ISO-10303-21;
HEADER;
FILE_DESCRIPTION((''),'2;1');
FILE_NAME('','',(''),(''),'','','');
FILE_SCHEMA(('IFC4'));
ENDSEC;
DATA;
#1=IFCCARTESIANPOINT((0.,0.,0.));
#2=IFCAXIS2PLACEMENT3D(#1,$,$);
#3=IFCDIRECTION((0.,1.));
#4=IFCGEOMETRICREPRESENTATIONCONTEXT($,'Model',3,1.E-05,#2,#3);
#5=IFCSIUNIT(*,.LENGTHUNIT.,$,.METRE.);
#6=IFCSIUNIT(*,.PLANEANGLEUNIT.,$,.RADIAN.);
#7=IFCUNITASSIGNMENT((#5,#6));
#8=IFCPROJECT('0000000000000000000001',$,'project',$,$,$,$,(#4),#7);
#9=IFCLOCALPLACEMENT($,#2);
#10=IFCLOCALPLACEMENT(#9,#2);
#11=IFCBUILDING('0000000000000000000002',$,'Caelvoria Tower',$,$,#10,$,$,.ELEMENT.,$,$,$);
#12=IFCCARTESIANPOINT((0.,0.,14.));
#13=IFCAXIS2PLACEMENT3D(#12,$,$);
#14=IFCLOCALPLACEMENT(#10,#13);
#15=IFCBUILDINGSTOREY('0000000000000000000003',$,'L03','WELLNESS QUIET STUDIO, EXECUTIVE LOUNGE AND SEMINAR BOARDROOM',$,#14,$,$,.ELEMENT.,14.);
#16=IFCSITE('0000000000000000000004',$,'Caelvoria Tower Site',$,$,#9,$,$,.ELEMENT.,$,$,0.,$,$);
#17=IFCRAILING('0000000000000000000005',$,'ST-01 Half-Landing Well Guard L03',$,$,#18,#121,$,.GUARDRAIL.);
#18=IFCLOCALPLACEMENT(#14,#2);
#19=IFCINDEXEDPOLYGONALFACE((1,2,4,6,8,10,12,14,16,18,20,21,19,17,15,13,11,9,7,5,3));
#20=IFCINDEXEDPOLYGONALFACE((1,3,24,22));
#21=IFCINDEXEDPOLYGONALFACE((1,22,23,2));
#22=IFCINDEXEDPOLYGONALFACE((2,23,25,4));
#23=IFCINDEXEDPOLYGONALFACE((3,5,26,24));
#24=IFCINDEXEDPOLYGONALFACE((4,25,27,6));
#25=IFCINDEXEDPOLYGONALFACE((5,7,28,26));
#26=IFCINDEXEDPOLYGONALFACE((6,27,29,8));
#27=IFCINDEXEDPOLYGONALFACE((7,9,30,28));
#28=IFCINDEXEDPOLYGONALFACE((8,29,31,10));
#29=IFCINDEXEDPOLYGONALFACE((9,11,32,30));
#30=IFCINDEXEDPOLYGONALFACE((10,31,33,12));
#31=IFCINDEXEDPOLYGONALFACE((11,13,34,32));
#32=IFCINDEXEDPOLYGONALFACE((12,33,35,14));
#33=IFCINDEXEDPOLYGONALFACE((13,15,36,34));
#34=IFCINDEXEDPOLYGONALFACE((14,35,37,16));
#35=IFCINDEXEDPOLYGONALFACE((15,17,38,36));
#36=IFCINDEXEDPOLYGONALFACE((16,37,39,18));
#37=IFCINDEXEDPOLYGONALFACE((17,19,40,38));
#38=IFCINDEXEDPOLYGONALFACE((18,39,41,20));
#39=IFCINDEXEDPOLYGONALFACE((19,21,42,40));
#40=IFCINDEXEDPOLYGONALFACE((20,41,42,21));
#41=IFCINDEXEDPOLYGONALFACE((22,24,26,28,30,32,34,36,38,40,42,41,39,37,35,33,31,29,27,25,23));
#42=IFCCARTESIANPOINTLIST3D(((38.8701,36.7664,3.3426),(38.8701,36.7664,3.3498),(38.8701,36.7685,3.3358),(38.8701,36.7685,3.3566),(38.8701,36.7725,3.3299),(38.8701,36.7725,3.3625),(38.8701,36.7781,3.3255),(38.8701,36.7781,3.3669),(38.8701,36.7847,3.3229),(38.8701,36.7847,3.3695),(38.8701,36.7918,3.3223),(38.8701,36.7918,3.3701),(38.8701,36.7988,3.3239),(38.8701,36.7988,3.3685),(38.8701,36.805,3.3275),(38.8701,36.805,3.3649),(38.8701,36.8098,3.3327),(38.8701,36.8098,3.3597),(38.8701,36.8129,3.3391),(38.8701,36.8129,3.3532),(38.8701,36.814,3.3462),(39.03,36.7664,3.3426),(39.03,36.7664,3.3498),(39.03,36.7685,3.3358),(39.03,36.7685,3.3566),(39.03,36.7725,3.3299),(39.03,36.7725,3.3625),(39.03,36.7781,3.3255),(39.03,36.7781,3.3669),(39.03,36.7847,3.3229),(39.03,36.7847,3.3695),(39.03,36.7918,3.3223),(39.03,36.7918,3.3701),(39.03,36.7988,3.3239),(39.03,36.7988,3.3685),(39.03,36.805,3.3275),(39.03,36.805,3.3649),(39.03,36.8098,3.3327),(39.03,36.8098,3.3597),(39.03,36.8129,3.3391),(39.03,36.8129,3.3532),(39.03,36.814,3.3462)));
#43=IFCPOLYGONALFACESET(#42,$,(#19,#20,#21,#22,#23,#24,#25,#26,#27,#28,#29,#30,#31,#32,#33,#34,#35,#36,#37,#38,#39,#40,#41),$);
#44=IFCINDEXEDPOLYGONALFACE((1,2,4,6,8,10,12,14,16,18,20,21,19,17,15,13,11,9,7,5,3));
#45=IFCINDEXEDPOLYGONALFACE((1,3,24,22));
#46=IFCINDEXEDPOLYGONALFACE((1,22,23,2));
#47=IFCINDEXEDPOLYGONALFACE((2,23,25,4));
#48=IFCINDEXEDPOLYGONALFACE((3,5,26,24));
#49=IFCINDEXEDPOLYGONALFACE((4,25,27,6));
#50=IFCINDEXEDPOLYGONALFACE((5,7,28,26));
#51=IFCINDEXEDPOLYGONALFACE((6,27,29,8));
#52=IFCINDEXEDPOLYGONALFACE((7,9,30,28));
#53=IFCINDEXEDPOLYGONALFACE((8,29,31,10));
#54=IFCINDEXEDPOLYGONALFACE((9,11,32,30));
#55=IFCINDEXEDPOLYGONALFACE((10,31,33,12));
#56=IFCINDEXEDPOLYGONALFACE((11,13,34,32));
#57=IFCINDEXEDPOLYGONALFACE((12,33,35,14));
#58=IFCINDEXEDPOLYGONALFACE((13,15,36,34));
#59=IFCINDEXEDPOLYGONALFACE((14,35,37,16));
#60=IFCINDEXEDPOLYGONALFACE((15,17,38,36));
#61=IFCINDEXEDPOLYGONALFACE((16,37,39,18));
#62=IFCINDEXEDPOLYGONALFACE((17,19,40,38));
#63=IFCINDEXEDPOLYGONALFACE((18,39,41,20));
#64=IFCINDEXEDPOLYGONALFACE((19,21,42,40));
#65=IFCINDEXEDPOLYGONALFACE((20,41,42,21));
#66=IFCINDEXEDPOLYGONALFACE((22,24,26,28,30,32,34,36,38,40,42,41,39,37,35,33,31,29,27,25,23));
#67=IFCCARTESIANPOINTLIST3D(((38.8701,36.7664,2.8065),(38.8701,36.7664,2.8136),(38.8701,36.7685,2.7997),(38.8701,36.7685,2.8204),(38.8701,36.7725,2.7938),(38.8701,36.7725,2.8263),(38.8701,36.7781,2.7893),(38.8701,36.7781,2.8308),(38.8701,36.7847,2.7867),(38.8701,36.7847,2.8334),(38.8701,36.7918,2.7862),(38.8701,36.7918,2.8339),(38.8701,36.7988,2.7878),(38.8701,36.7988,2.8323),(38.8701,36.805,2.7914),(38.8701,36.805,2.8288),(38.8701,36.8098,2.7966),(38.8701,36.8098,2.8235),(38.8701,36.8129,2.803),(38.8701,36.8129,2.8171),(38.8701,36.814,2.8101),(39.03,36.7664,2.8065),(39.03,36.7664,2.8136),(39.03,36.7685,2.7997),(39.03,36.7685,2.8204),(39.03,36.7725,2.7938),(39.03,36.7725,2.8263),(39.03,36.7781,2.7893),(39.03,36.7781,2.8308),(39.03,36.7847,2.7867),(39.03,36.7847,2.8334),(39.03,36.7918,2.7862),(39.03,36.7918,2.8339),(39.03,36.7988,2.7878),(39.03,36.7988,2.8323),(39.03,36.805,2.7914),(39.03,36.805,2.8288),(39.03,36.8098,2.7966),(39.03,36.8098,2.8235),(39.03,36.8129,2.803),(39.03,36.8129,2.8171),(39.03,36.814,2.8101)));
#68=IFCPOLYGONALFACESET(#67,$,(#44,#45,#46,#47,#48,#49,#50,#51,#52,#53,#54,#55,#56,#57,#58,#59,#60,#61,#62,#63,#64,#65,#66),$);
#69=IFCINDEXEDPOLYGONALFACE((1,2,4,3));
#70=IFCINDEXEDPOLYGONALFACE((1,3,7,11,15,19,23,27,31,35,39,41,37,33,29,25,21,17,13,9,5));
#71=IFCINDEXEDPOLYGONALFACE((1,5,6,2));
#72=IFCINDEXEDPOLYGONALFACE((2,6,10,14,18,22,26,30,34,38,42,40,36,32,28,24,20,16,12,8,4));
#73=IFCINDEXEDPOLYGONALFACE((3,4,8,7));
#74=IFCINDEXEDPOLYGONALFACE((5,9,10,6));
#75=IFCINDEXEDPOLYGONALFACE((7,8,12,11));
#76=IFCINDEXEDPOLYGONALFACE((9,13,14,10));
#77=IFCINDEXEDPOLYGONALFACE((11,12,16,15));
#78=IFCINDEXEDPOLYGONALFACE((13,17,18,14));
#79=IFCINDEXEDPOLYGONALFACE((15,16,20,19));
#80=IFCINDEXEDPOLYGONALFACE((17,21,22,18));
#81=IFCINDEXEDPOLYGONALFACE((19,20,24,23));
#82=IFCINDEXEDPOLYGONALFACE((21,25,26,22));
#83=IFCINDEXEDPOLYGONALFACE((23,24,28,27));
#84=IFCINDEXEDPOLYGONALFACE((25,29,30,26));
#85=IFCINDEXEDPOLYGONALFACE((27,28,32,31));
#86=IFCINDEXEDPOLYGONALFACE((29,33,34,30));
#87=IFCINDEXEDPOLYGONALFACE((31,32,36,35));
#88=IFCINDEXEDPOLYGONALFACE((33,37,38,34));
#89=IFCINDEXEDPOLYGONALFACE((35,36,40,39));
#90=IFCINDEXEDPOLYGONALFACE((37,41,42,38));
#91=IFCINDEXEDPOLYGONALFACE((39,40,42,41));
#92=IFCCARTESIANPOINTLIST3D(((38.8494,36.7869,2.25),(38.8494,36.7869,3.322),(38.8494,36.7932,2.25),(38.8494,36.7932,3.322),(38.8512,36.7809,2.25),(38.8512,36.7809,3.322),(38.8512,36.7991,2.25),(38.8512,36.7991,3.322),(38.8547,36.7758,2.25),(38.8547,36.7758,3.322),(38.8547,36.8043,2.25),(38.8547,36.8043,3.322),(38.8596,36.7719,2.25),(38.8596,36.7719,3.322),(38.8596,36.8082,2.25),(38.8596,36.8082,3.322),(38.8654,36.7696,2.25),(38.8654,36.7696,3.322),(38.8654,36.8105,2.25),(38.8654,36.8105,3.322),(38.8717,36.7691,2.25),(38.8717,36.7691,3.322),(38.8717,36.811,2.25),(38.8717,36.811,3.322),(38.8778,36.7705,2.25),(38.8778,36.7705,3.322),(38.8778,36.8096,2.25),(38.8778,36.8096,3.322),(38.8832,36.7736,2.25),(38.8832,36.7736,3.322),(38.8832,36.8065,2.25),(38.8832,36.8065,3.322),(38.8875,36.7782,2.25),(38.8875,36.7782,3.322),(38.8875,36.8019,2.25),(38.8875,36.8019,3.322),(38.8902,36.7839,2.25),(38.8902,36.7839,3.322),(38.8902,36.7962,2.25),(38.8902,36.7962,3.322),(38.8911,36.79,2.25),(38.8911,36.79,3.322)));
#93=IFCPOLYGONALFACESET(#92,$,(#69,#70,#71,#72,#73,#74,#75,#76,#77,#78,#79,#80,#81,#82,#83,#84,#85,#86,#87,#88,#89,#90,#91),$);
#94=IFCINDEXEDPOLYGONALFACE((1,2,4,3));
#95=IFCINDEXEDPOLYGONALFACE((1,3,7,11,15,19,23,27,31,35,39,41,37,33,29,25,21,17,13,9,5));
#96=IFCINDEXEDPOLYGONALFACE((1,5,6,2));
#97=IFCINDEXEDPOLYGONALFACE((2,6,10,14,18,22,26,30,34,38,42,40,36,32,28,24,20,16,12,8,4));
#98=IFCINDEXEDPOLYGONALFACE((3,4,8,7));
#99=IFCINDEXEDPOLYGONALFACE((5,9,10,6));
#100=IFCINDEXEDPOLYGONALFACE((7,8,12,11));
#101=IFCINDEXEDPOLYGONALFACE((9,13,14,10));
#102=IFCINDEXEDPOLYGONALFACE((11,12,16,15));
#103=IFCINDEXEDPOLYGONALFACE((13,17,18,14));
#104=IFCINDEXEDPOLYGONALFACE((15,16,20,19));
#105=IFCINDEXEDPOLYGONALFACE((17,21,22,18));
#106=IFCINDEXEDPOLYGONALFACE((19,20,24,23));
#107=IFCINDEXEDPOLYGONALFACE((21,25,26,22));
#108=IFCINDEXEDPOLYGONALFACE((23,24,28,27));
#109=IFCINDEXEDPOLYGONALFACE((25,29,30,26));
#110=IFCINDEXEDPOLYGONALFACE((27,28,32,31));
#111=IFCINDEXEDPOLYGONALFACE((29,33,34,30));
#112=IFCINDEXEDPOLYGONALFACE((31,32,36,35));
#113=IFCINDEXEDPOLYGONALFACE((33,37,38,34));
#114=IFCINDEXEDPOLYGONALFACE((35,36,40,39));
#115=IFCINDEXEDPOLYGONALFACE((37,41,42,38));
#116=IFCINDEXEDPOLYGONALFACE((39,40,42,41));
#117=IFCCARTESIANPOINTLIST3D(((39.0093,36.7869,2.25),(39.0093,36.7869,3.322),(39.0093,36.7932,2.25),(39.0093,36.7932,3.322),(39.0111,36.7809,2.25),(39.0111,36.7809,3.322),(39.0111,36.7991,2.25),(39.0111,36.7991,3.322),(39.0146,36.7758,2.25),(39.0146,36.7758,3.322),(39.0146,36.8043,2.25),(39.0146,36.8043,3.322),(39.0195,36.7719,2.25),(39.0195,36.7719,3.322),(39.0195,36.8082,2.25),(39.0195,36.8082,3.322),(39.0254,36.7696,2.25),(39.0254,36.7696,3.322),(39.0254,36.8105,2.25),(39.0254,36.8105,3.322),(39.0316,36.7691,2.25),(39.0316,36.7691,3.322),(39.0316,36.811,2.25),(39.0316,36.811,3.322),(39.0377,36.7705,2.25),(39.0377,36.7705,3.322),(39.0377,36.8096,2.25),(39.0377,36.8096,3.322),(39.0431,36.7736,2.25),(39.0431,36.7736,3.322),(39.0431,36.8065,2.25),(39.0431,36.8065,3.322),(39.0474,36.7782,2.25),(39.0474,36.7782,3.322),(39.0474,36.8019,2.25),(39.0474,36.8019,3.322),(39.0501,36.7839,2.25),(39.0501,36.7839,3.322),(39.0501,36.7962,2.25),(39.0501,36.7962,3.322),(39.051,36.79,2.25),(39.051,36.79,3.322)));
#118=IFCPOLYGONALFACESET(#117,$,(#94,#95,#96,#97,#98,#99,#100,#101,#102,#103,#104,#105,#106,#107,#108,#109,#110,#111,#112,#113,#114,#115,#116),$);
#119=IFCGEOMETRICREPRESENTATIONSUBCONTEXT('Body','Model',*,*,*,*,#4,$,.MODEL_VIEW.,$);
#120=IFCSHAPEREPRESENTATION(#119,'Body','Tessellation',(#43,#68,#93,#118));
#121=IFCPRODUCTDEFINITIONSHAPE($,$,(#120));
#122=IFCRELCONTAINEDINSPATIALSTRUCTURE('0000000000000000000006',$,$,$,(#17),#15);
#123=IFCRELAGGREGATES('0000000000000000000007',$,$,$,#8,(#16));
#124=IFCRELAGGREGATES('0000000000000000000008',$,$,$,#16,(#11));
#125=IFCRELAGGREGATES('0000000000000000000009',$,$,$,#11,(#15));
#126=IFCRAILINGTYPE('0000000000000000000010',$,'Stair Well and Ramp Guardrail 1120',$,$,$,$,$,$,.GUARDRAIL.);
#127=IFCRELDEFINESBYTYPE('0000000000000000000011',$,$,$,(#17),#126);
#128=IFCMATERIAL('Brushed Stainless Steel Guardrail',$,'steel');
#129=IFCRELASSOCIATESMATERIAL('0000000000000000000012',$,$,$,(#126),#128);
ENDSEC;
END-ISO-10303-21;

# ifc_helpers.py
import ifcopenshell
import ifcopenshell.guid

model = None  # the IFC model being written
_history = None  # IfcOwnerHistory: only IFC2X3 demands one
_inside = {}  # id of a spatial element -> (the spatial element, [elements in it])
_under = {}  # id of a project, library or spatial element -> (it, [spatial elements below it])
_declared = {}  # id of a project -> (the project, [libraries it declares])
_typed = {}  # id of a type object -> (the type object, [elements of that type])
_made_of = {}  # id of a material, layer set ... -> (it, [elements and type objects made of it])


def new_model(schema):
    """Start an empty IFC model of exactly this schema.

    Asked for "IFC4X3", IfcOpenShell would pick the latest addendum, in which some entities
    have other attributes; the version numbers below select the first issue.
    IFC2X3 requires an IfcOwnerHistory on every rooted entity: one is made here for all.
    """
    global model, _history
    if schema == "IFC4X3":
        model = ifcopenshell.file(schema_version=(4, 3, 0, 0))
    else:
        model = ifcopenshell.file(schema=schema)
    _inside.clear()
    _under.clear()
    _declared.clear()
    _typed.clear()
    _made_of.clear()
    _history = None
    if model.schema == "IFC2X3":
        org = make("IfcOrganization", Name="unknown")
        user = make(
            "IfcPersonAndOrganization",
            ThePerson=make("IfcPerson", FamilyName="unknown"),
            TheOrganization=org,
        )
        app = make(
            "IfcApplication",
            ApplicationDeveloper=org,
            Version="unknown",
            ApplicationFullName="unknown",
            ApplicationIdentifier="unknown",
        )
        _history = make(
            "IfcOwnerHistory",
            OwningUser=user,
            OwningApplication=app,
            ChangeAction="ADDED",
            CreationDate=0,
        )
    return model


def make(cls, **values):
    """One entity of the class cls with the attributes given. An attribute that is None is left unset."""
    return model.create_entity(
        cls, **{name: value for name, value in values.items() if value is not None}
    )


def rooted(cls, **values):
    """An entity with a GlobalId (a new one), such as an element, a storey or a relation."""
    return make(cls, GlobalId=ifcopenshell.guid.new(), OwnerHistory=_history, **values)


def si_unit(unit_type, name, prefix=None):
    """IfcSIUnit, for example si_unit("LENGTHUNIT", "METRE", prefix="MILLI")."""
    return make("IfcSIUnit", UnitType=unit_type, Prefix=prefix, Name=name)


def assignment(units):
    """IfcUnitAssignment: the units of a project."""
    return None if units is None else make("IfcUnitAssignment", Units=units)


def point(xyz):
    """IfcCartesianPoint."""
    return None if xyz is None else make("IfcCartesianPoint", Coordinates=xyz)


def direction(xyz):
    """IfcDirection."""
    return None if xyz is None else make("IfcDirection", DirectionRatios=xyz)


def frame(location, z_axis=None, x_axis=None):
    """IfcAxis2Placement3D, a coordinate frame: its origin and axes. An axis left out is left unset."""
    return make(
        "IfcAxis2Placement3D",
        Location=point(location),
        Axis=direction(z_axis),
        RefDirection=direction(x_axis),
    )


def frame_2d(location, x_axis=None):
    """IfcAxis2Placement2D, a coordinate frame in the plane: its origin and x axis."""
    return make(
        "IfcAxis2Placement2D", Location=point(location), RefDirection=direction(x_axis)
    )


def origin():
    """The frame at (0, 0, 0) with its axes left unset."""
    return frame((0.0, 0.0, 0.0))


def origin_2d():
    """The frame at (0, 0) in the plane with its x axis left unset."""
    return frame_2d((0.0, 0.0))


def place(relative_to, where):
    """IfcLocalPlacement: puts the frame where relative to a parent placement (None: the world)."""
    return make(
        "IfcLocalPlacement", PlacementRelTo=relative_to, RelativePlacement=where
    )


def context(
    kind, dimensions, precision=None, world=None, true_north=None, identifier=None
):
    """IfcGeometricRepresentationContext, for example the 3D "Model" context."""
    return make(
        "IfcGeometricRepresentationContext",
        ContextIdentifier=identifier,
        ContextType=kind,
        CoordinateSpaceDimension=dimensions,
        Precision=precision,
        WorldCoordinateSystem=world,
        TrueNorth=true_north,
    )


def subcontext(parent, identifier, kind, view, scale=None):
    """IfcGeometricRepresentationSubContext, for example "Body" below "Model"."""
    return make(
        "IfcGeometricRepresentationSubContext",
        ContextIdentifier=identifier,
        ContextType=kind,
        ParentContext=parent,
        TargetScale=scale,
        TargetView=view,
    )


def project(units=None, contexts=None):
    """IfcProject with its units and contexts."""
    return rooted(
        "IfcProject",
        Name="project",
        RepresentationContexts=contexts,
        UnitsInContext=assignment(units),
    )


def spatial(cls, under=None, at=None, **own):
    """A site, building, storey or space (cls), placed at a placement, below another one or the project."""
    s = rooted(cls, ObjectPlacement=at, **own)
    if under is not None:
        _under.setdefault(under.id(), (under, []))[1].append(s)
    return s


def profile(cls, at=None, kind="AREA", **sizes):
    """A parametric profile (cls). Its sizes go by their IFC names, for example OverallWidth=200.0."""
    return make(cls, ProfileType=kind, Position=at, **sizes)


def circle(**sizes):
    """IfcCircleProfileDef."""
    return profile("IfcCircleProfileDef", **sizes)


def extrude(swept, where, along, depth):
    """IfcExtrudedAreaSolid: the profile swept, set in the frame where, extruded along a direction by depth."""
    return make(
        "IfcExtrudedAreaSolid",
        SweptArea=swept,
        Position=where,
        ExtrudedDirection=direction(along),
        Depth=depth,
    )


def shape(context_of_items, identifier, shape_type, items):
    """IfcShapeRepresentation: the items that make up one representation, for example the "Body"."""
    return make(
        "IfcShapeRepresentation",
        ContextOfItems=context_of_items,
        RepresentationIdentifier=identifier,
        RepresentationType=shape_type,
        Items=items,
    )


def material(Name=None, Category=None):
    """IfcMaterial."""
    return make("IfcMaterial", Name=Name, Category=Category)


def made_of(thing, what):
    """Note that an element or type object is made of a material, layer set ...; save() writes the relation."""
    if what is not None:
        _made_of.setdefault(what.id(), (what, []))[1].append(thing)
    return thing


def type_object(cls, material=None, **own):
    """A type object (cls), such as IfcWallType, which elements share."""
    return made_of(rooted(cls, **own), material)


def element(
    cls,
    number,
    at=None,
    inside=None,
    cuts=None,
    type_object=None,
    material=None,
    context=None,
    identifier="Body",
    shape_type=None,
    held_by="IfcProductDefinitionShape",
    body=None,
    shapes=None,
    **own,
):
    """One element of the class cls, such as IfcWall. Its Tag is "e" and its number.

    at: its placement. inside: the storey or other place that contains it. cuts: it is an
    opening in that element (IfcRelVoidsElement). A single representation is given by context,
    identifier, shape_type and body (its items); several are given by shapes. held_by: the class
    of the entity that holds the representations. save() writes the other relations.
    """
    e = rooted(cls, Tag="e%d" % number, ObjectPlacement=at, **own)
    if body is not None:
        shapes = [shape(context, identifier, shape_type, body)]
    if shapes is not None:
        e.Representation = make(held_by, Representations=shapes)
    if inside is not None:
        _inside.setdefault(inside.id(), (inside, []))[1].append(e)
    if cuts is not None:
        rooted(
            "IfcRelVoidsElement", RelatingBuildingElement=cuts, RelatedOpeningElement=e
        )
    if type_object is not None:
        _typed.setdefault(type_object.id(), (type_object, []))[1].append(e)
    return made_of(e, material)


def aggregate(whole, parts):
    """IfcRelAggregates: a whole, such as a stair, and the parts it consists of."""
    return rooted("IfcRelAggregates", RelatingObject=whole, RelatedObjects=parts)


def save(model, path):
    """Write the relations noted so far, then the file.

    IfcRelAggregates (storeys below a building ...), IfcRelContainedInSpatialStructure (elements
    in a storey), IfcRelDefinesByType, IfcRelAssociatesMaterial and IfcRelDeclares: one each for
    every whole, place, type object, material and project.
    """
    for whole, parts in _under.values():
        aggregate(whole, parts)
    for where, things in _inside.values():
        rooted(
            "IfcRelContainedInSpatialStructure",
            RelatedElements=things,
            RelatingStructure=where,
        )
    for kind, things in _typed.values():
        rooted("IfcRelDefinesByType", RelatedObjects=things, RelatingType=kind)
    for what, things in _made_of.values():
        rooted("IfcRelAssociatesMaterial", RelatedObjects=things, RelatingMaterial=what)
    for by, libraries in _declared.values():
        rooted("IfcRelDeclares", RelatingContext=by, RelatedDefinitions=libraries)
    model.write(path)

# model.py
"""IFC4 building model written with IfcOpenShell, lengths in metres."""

from ifc_helpers import new_model, si_unit, direction, frame, origin, origin_2d, place, context, subcontext, project, spatial, circle, extrude, material, type_object, element, save


model = new_model("IFC4")

# Units and contexts
model_context = context("Model", 3, precision=1e-05, world=origin(), true_north=direction((0.0, 1.0)))
body_context = subcontext(model_context, "Body", "Model", "MODEL_VIEW")
ifc_project = project(units=[si_unit("LENGTHUNIT", "METRE"), si_unit("PLANEANGLEUNIT", "RADIAN")], contexts=[model_context])

# Site, building, storey
site_placement = place(None, origin())
site = spatial("IfcSite", under=ifc_project, at=site_placement, Name="Caelvoria Tower Site", CompositionType="ELEMENT", RefElevation=0.0)
building_placement = place(site_placement, origin())
building = spatial("IfcBuilding", under=site, at=building_placement, Name="Caelvoria Tower", CompositionType="ELEMENT")
storey_placement = place(building_placement, frame((0.0, 0.0, 14.0)))
storey = spatial("IfcBuildingStorey", under=building, at=storey_placement, Name="L03", Description="WELLNESS QUIET STUDIO, EXECUTIVE LOUNGE AND SEMINAR BOARDROOM", CompositionType="ELEMENT", Elevation=14.0)

# Railing
ifc_material_1 = material(Name="Brushed Stainless Steel Guardrail", Category="steel")
railing_type_1 = type_object("IfcRailingType", Name="Stair Well and Ramp Guardrail 1120", PredefinedType="GUARDRAIL", material=ifc_material_1)
railing_1_placement = place(storey_placement, frame((38.8701, 36.79, 2.25)))
element("IfcRailing", 1, at=railing_1_placement, inside=storey, type_object=railing_type_1, Name="ST-01 Half-Landing Well Guard L03", PredefinedType="GUARDRAIL", context=body_context, shape_type="SweptSolid", body=[
    extrude(circle(Radius=0.0239, at=origin_2d()), frame((0.0, 0.0, 1.0962), z_axis=(1.0, 0.0, 0.0), x_axis=(0.0, 1.0, 0.0)), (0.0, 0.0, 1.0), 0.1599),
    extrude(circle(Radius=0.0239, at=origin_2d()), frame((0.0, 0.0, 0.5601), z_axis=(1.0, 0.0, 0.0), x_axis=(0.0, 1.0, 0.0)), (0.0, 0.0, 1.0), 0.1599),
    extrude(circle(Radius=0.021, at=origin_2d()), origin(), (0.0, 0.0, 1.0), 1.072),
    extrude(circle(Radius=0.021, at=origin_2d()), frame((0.1599, 0.0, 0.0)), (0.0, 0.0, 1.0), 1.072),
])

save(model, "model.ifc")
